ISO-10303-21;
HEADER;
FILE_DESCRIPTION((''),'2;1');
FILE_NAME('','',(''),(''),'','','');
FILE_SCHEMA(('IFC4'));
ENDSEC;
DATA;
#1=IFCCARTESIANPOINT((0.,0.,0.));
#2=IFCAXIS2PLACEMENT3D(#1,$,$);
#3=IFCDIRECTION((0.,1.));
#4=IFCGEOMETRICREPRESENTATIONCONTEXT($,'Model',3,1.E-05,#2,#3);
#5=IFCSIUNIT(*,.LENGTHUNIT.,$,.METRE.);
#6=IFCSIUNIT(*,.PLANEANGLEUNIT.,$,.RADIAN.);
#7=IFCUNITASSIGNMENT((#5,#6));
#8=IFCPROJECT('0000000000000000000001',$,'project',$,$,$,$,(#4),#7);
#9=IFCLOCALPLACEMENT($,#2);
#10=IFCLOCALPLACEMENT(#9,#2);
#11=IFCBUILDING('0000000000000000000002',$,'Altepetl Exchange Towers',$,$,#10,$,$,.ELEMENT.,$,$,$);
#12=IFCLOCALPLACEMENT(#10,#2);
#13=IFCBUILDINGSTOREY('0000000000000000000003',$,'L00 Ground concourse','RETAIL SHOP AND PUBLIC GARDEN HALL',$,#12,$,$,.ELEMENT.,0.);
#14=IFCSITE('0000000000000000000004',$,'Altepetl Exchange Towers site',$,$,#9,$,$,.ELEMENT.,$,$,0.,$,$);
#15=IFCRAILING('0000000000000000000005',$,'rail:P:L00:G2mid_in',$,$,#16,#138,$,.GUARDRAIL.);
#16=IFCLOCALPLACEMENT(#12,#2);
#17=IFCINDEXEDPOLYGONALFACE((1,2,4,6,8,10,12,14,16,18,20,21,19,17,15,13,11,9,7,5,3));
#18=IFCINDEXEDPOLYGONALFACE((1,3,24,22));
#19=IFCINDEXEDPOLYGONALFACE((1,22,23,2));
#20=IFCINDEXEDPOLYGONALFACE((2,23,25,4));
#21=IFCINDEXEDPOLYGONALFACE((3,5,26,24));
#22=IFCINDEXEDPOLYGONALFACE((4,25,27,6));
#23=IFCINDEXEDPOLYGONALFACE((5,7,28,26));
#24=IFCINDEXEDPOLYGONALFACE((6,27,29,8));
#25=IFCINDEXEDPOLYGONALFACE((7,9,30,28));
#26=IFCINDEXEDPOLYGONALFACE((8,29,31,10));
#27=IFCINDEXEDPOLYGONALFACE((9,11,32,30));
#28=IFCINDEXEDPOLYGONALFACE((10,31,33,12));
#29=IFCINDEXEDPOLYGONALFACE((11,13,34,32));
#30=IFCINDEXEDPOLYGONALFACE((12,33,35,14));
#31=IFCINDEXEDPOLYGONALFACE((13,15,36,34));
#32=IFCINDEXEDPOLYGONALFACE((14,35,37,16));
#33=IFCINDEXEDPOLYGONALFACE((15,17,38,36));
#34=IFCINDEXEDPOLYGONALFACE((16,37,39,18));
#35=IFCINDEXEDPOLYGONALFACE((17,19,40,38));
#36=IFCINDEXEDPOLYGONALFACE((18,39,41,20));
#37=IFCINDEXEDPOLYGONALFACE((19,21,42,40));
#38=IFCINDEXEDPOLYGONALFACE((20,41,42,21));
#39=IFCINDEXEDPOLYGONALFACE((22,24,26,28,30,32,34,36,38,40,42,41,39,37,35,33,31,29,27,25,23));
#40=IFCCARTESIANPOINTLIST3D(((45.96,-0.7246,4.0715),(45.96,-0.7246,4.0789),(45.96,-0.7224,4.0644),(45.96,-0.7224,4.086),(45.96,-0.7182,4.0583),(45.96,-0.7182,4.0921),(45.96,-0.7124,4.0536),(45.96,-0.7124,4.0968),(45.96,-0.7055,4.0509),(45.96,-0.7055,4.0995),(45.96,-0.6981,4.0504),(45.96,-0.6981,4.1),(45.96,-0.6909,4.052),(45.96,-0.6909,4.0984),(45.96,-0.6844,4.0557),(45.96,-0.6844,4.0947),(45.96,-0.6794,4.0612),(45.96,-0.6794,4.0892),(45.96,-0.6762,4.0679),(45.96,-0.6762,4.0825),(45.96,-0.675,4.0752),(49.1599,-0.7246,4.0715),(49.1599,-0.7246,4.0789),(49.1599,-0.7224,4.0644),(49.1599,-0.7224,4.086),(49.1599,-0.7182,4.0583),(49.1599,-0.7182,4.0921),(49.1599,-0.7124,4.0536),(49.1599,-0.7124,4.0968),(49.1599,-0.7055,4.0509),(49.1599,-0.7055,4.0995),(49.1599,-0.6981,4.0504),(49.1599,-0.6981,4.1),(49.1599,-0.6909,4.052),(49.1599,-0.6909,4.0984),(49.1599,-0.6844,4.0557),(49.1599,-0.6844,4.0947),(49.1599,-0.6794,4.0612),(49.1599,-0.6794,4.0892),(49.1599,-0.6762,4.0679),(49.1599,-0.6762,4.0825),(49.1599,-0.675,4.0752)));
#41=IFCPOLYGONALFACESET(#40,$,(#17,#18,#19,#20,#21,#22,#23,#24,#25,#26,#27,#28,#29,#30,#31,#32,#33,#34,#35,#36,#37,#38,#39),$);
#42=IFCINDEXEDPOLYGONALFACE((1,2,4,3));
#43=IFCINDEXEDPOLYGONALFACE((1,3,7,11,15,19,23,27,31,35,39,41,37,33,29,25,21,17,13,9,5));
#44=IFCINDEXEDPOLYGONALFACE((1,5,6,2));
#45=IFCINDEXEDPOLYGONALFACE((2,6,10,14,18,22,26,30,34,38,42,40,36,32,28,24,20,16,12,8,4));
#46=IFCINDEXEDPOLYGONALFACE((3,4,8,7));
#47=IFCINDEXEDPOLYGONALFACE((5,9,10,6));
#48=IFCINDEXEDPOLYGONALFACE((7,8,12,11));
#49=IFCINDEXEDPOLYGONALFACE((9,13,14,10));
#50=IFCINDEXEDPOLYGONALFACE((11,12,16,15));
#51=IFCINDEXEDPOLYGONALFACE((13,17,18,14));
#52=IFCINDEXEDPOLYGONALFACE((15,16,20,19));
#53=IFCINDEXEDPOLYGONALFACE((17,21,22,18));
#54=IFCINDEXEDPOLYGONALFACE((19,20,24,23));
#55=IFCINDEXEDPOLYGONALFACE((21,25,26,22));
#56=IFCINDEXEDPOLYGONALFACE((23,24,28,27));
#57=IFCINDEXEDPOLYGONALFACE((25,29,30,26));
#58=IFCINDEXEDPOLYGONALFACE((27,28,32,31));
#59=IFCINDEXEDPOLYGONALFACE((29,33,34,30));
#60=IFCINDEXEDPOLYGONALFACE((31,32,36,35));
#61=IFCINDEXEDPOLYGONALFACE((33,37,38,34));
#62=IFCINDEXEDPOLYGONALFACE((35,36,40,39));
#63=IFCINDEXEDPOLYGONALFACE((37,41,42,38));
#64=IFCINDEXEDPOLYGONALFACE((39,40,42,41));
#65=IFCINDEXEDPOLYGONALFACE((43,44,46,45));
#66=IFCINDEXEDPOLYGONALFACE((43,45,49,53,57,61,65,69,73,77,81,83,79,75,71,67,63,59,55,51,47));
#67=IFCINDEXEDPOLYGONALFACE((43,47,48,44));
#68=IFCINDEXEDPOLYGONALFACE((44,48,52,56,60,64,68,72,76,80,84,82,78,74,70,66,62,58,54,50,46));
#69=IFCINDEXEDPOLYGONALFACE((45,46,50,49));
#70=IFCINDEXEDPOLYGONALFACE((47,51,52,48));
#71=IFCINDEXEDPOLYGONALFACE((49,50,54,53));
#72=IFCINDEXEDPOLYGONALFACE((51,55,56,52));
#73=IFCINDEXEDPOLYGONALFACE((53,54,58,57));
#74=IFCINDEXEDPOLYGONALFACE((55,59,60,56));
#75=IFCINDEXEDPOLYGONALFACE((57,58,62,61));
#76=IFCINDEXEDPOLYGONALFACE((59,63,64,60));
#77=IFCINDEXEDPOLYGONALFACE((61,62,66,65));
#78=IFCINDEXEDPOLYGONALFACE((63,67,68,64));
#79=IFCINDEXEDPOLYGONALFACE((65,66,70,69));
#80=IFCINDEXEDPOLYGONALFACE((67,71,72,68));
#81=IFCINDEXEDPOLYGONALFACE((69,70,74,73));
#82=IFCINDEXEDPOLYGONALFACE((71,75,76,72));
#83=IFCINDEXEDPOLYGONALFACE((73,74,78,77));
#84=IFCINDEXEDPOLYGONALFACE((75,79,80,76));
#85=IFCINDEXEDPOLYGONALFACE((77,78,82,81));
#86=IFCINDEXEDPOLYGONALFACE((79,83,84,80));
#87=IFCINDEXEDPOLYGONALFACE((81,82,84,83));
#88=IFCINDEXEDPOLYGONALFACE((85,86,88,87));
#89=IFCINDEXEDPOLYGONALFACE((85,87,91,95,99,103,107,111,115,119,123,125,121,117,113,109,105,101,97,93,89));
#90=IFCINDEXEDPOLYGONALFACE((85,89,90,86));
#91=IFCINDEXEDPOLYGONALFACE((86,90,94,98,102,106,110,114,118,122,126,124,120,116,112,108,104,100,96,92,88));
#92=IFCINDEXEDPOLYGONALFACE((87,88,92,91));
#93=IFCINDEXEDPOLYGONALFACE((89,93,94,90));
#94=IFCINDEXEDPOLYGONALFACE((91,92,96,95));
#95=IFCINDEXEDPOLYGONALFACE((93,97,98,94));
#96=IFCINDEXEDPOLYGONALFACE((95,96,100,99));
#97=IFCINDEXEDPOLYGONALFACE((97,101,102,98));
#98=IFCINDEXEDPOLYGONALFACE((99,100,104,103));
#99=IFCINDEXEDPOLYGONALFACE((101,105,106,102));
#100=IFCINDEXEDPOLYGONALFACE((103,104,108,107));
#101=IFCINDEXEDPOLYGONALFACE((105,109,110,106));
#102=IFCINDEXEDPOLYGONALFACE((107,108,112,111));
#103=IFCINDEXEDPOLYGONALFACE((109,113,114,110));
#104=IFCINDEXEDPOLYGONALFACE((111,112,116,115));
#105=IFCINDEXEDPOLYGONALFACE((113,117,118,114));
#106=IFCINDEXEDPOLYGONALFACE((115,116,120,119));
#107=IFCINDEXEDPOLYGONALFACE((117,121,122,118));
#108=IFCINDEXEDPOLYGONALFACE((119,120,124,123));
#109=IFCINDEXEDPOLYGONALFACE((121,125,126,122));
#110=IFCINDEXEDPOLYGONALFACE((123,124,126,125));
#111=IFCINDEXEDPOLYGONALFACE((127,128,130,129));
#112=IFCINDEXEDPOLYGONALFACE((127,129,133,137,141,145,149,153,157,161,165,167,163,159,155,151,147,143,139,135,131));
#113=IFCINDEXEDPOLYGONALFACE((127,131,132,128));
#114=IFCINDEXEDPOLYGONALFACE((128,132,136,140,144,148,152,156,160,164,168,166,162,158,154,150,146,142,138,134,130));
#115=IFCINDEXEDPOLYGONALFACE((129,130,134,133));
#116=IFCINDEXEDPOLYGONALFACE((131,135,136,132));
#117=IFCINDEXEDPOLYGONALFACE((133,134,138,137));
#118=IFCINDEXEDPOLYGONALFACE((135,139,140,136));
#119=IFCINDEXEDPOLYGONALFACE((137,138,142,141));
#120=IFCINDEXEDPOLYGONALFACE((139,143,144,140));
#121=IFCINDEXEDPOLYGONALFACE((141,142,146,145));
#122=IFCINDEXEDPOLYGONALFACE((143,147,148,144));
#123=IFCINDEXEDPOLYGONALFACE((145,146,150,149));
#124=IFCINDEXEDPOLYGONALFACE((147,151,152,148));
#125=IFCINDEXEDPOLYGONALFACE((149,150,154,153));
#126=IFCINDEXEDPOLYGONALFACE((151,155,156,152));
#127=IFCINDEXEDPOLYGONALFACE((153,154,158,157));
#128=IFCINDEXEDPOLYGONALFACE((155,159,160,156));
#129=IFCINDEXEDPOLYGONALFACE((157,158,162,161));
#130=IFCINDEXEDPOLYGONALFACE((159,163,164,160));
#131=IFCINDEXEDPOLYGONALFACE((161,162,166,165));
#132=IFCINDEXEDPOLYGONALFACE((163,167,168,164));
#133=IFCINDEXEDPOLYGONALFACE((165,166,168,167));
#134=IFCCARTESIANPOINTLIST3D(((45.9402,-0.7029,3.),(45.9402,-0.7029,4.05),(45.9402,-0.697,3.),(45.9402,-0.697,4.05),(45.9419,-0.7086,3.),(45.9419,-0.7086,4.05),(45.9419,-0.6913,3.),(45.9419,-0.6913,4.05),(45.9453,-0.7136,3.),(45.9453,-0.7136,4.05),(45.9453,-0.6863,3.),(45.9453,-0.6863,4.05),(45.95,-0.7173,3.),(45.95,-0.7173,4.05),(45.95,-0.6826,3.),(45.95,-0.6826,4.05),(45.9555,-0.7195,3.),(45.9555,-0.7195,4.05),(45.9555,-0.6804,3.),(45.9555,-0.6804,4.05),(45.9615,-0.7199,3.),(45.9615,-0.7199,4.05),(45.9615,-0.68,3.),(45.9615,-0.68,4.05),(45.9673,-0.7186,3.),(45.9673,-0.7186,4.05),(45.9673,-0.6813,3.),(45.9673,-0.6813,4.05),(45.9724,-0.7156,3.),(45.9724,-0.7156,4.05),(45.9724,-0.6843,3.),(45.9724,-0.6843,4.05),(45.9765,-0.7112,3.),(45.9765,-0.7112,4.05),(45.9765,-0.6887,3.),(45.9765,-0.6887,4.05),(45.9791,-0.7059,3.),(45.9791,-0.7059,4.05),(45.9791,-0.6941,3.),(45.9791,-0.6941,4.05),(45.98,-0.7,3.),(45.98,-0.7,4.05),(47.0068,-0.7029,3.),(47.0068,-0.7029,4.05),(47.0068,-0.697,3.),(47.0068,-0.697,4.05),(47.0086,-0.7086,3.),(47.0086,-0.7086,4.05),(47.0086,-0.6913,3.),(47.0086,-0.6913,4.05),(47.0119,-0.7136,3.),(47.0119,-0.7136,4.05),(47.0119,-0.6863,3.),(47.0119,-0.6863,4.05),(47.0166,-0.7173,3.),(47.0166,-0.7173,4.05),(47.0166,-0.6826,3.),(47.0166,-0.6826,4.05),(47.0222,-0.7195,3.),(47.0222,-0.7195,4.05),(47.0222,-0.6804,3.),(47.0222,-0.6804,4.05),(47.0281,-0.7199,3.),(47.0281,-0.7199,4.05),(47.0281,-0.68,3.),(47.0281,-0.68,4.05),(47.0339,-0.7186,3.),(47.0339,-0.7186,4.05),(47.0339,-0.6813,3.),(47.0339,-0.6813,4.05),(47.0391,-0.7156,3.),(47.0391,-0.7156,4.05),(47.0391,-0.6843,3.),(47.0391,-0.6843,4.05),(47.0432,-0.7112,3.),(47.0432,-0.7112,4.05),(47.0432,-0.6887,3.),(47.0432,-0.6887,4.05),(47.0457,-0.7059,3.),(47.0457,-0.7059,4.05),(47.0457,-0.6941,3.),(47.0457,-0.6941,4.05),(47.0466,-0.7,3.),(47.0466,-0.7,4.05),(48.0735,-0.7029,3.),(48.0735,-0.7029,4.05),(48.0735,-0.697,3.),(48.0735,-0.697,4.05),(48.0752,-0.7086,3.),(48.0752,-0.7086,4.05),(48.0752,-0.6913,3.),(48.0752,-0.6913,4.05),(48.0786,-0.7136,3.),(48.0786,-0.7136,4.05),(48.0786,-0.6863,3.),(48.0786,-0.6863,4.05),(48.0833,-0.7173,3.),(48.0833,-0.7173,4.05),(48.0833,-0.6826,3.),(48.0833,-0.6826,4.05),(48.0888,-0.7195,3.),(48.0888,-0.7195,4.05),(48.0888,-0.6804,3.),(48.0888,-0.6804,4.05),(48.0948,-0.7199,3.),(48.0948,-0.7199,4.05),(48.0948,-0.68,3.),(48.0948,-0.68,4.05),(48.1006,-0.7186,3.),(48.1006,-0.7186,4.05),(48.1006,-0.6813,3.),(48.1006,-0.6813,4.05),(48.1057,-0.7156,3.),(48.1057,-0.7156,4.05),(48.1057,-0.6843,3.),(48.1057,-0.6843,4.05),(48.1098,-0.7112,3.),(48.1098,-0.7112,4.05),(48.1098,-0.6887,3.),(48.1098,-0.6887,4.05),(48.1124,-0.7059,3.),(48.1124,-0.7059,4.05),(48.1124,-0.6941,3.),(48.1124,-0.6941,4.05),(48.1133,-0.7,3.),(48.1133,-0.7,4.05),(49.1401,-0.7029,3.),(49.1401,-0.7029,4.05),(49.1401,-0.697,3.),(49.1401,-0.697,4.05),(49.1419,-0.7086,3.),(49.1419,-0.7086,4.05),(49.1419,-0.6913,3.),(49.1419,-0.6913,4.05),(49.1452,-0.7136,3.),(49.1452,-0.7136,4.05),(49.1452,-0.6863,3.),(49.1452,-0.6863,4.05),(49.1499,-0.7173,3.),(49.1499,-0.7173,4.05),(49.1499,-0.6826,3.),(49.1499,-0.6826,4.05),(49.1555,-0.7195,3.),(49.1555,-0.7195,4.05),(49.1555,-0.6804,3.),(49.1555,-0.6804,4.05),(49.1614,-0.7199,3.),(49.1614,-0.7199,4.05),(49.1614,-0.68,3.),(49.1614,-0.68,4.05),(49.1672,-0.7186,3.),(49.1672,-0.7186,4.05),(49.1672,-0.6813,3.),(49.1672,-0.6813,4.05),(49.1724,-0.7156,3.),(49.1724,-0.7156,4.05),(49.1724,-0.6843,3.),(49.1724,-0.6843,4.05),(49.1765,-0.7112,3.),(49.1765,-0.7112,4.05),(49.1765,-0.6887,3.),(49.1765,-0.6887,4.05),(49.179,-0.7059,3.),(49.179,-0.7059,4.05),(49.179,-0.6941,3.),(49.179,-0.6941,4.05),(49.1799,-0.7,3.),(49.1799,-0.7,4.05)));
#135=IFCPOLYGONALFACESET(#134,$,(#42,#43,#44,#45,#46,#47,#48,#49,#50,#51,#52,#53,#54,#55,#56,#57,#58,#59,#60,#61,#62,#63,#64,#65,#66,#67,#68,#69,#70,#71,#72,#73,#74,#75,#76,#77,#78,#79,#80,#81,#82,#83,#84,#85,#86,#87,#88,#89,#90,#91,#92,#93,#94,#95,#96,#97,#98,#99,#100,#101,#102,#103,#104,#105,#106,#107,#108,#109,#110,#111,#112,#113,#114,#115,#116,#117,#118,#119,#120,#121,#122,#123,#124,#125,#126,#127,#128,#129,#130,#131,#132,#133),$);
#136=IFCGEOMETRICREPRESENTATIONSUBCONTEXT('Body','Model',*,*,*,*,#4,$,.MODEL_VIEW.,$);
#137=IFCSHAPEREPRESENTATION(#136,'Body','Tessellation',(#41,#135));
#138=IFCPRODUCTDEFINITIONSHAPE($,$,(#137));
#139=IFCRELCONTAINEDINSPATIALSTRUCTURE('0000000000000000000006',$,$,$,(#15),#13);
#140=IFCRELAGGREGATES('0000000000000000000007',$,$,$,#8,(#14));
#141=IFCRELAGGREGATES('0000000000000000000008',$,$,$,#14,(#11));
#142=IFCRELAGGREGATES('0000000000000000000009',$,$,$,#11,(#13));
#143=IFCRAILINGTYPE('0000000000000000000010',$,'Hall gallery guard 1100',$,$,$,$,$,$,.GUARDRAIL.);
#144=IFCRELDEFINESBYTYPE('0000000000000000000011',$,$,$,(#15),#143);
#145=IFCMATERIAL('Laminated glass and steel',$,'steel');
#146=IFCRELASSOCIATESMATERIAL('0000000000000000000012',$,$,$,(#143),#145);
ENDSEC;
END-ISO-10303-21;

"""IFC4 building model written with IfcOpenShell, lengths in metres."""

from ifc_helpers import new_model, si_unit, direction, frame, origin, origin_2d, place, context, subcontext, project, spatial, circle, extrude, source, transform, mapped, material, type_object, element, save


model = new_model("IFC4")

# Units and contexts
model_context = context("Model", 3, precision=1e-05, world=origin(), true_north=direction((0.0, 1.0)))
body_context = subcontext(model_context, "Body", "Model", "MODEL_VIEW")
ifc_project = project(units=[si_unit("LENGTHUNIT", "METRE"), si_unit("PLANEANGLEUNIT", "RADIAN")], contexts=[model_context])

# Site, building, storey
site_placement = place(None, origin())
site = spatial("IfcSite", under=ifc_project, at=site_placement, Name="Altepetl Exchange Towers site", CompositionType="ELEMENT", RefElevation=0.0)
building_placement = place(site_placement, origin())
building = spatial("IfcBuilding", under=site, at=building_placement, Name="Altepetl Exchange Towers", CompositionType="ELEMENT")
storey_placement = place(building_placement, origin())
storey = spatial("IfcBuildingStorey", under=building, at=storey_placement, Name="L00 Ground concourse", Description="RETAIL SHOP AND PUBLIC GARDEN HALL", CompositionType="ELEMENT", Elevation=0.0)

# Railing
ifc_material_1 = material(Name="Laminated glass and steel", Category="steel")
railing_type_1 = type_object("IfcRailingType", Name="Hall gallery guard 1100", PredefinedType="GUARDRAIL", material=ifc_material_1)
shared_shape_1 = source(origin(), body_context, "Body", "SweptSolid", [
    extrude(circle(Radius=0.02, at=origin_2d()), origin(), (0.0, 0.0, 1.0), 1.05),
])
for number, where, name in (
    (1, (45.96, -0.7, 3.0), "rail:P:L00:G2mid_in"),
):
    element("IfcRailing", number, at=place(storey_placement, frame(where)), inside=storey, type_object=railing_type_1, Name=name, PredefinedType="GUARDRAIL", context=body_context, shape_type="SweptSolid", body=[
        extrude(circle(Radius=0.0249, at=origin_2d()), frame((0.0, 0.0, 1.0752), z_axis=(1.0, 0.0, 0.0), x_axis=(0.0, 1.0, 0.0)), (0.0, 0.0, 1.0), 3.2),
        mapped(shared_shape_1, transform((0.0, 0.0, 0.0))),
        mapped(shared_shape_1, transform((1.0667, 0.0, 0.0))),
        mapped(shared_shape_1, transform((2.1333, 0.0, 0.0))),
        mapped(shared_shape_1, transform((3.2, 0.0, 0.0))),
    ])

save(model, "model.ifc")
